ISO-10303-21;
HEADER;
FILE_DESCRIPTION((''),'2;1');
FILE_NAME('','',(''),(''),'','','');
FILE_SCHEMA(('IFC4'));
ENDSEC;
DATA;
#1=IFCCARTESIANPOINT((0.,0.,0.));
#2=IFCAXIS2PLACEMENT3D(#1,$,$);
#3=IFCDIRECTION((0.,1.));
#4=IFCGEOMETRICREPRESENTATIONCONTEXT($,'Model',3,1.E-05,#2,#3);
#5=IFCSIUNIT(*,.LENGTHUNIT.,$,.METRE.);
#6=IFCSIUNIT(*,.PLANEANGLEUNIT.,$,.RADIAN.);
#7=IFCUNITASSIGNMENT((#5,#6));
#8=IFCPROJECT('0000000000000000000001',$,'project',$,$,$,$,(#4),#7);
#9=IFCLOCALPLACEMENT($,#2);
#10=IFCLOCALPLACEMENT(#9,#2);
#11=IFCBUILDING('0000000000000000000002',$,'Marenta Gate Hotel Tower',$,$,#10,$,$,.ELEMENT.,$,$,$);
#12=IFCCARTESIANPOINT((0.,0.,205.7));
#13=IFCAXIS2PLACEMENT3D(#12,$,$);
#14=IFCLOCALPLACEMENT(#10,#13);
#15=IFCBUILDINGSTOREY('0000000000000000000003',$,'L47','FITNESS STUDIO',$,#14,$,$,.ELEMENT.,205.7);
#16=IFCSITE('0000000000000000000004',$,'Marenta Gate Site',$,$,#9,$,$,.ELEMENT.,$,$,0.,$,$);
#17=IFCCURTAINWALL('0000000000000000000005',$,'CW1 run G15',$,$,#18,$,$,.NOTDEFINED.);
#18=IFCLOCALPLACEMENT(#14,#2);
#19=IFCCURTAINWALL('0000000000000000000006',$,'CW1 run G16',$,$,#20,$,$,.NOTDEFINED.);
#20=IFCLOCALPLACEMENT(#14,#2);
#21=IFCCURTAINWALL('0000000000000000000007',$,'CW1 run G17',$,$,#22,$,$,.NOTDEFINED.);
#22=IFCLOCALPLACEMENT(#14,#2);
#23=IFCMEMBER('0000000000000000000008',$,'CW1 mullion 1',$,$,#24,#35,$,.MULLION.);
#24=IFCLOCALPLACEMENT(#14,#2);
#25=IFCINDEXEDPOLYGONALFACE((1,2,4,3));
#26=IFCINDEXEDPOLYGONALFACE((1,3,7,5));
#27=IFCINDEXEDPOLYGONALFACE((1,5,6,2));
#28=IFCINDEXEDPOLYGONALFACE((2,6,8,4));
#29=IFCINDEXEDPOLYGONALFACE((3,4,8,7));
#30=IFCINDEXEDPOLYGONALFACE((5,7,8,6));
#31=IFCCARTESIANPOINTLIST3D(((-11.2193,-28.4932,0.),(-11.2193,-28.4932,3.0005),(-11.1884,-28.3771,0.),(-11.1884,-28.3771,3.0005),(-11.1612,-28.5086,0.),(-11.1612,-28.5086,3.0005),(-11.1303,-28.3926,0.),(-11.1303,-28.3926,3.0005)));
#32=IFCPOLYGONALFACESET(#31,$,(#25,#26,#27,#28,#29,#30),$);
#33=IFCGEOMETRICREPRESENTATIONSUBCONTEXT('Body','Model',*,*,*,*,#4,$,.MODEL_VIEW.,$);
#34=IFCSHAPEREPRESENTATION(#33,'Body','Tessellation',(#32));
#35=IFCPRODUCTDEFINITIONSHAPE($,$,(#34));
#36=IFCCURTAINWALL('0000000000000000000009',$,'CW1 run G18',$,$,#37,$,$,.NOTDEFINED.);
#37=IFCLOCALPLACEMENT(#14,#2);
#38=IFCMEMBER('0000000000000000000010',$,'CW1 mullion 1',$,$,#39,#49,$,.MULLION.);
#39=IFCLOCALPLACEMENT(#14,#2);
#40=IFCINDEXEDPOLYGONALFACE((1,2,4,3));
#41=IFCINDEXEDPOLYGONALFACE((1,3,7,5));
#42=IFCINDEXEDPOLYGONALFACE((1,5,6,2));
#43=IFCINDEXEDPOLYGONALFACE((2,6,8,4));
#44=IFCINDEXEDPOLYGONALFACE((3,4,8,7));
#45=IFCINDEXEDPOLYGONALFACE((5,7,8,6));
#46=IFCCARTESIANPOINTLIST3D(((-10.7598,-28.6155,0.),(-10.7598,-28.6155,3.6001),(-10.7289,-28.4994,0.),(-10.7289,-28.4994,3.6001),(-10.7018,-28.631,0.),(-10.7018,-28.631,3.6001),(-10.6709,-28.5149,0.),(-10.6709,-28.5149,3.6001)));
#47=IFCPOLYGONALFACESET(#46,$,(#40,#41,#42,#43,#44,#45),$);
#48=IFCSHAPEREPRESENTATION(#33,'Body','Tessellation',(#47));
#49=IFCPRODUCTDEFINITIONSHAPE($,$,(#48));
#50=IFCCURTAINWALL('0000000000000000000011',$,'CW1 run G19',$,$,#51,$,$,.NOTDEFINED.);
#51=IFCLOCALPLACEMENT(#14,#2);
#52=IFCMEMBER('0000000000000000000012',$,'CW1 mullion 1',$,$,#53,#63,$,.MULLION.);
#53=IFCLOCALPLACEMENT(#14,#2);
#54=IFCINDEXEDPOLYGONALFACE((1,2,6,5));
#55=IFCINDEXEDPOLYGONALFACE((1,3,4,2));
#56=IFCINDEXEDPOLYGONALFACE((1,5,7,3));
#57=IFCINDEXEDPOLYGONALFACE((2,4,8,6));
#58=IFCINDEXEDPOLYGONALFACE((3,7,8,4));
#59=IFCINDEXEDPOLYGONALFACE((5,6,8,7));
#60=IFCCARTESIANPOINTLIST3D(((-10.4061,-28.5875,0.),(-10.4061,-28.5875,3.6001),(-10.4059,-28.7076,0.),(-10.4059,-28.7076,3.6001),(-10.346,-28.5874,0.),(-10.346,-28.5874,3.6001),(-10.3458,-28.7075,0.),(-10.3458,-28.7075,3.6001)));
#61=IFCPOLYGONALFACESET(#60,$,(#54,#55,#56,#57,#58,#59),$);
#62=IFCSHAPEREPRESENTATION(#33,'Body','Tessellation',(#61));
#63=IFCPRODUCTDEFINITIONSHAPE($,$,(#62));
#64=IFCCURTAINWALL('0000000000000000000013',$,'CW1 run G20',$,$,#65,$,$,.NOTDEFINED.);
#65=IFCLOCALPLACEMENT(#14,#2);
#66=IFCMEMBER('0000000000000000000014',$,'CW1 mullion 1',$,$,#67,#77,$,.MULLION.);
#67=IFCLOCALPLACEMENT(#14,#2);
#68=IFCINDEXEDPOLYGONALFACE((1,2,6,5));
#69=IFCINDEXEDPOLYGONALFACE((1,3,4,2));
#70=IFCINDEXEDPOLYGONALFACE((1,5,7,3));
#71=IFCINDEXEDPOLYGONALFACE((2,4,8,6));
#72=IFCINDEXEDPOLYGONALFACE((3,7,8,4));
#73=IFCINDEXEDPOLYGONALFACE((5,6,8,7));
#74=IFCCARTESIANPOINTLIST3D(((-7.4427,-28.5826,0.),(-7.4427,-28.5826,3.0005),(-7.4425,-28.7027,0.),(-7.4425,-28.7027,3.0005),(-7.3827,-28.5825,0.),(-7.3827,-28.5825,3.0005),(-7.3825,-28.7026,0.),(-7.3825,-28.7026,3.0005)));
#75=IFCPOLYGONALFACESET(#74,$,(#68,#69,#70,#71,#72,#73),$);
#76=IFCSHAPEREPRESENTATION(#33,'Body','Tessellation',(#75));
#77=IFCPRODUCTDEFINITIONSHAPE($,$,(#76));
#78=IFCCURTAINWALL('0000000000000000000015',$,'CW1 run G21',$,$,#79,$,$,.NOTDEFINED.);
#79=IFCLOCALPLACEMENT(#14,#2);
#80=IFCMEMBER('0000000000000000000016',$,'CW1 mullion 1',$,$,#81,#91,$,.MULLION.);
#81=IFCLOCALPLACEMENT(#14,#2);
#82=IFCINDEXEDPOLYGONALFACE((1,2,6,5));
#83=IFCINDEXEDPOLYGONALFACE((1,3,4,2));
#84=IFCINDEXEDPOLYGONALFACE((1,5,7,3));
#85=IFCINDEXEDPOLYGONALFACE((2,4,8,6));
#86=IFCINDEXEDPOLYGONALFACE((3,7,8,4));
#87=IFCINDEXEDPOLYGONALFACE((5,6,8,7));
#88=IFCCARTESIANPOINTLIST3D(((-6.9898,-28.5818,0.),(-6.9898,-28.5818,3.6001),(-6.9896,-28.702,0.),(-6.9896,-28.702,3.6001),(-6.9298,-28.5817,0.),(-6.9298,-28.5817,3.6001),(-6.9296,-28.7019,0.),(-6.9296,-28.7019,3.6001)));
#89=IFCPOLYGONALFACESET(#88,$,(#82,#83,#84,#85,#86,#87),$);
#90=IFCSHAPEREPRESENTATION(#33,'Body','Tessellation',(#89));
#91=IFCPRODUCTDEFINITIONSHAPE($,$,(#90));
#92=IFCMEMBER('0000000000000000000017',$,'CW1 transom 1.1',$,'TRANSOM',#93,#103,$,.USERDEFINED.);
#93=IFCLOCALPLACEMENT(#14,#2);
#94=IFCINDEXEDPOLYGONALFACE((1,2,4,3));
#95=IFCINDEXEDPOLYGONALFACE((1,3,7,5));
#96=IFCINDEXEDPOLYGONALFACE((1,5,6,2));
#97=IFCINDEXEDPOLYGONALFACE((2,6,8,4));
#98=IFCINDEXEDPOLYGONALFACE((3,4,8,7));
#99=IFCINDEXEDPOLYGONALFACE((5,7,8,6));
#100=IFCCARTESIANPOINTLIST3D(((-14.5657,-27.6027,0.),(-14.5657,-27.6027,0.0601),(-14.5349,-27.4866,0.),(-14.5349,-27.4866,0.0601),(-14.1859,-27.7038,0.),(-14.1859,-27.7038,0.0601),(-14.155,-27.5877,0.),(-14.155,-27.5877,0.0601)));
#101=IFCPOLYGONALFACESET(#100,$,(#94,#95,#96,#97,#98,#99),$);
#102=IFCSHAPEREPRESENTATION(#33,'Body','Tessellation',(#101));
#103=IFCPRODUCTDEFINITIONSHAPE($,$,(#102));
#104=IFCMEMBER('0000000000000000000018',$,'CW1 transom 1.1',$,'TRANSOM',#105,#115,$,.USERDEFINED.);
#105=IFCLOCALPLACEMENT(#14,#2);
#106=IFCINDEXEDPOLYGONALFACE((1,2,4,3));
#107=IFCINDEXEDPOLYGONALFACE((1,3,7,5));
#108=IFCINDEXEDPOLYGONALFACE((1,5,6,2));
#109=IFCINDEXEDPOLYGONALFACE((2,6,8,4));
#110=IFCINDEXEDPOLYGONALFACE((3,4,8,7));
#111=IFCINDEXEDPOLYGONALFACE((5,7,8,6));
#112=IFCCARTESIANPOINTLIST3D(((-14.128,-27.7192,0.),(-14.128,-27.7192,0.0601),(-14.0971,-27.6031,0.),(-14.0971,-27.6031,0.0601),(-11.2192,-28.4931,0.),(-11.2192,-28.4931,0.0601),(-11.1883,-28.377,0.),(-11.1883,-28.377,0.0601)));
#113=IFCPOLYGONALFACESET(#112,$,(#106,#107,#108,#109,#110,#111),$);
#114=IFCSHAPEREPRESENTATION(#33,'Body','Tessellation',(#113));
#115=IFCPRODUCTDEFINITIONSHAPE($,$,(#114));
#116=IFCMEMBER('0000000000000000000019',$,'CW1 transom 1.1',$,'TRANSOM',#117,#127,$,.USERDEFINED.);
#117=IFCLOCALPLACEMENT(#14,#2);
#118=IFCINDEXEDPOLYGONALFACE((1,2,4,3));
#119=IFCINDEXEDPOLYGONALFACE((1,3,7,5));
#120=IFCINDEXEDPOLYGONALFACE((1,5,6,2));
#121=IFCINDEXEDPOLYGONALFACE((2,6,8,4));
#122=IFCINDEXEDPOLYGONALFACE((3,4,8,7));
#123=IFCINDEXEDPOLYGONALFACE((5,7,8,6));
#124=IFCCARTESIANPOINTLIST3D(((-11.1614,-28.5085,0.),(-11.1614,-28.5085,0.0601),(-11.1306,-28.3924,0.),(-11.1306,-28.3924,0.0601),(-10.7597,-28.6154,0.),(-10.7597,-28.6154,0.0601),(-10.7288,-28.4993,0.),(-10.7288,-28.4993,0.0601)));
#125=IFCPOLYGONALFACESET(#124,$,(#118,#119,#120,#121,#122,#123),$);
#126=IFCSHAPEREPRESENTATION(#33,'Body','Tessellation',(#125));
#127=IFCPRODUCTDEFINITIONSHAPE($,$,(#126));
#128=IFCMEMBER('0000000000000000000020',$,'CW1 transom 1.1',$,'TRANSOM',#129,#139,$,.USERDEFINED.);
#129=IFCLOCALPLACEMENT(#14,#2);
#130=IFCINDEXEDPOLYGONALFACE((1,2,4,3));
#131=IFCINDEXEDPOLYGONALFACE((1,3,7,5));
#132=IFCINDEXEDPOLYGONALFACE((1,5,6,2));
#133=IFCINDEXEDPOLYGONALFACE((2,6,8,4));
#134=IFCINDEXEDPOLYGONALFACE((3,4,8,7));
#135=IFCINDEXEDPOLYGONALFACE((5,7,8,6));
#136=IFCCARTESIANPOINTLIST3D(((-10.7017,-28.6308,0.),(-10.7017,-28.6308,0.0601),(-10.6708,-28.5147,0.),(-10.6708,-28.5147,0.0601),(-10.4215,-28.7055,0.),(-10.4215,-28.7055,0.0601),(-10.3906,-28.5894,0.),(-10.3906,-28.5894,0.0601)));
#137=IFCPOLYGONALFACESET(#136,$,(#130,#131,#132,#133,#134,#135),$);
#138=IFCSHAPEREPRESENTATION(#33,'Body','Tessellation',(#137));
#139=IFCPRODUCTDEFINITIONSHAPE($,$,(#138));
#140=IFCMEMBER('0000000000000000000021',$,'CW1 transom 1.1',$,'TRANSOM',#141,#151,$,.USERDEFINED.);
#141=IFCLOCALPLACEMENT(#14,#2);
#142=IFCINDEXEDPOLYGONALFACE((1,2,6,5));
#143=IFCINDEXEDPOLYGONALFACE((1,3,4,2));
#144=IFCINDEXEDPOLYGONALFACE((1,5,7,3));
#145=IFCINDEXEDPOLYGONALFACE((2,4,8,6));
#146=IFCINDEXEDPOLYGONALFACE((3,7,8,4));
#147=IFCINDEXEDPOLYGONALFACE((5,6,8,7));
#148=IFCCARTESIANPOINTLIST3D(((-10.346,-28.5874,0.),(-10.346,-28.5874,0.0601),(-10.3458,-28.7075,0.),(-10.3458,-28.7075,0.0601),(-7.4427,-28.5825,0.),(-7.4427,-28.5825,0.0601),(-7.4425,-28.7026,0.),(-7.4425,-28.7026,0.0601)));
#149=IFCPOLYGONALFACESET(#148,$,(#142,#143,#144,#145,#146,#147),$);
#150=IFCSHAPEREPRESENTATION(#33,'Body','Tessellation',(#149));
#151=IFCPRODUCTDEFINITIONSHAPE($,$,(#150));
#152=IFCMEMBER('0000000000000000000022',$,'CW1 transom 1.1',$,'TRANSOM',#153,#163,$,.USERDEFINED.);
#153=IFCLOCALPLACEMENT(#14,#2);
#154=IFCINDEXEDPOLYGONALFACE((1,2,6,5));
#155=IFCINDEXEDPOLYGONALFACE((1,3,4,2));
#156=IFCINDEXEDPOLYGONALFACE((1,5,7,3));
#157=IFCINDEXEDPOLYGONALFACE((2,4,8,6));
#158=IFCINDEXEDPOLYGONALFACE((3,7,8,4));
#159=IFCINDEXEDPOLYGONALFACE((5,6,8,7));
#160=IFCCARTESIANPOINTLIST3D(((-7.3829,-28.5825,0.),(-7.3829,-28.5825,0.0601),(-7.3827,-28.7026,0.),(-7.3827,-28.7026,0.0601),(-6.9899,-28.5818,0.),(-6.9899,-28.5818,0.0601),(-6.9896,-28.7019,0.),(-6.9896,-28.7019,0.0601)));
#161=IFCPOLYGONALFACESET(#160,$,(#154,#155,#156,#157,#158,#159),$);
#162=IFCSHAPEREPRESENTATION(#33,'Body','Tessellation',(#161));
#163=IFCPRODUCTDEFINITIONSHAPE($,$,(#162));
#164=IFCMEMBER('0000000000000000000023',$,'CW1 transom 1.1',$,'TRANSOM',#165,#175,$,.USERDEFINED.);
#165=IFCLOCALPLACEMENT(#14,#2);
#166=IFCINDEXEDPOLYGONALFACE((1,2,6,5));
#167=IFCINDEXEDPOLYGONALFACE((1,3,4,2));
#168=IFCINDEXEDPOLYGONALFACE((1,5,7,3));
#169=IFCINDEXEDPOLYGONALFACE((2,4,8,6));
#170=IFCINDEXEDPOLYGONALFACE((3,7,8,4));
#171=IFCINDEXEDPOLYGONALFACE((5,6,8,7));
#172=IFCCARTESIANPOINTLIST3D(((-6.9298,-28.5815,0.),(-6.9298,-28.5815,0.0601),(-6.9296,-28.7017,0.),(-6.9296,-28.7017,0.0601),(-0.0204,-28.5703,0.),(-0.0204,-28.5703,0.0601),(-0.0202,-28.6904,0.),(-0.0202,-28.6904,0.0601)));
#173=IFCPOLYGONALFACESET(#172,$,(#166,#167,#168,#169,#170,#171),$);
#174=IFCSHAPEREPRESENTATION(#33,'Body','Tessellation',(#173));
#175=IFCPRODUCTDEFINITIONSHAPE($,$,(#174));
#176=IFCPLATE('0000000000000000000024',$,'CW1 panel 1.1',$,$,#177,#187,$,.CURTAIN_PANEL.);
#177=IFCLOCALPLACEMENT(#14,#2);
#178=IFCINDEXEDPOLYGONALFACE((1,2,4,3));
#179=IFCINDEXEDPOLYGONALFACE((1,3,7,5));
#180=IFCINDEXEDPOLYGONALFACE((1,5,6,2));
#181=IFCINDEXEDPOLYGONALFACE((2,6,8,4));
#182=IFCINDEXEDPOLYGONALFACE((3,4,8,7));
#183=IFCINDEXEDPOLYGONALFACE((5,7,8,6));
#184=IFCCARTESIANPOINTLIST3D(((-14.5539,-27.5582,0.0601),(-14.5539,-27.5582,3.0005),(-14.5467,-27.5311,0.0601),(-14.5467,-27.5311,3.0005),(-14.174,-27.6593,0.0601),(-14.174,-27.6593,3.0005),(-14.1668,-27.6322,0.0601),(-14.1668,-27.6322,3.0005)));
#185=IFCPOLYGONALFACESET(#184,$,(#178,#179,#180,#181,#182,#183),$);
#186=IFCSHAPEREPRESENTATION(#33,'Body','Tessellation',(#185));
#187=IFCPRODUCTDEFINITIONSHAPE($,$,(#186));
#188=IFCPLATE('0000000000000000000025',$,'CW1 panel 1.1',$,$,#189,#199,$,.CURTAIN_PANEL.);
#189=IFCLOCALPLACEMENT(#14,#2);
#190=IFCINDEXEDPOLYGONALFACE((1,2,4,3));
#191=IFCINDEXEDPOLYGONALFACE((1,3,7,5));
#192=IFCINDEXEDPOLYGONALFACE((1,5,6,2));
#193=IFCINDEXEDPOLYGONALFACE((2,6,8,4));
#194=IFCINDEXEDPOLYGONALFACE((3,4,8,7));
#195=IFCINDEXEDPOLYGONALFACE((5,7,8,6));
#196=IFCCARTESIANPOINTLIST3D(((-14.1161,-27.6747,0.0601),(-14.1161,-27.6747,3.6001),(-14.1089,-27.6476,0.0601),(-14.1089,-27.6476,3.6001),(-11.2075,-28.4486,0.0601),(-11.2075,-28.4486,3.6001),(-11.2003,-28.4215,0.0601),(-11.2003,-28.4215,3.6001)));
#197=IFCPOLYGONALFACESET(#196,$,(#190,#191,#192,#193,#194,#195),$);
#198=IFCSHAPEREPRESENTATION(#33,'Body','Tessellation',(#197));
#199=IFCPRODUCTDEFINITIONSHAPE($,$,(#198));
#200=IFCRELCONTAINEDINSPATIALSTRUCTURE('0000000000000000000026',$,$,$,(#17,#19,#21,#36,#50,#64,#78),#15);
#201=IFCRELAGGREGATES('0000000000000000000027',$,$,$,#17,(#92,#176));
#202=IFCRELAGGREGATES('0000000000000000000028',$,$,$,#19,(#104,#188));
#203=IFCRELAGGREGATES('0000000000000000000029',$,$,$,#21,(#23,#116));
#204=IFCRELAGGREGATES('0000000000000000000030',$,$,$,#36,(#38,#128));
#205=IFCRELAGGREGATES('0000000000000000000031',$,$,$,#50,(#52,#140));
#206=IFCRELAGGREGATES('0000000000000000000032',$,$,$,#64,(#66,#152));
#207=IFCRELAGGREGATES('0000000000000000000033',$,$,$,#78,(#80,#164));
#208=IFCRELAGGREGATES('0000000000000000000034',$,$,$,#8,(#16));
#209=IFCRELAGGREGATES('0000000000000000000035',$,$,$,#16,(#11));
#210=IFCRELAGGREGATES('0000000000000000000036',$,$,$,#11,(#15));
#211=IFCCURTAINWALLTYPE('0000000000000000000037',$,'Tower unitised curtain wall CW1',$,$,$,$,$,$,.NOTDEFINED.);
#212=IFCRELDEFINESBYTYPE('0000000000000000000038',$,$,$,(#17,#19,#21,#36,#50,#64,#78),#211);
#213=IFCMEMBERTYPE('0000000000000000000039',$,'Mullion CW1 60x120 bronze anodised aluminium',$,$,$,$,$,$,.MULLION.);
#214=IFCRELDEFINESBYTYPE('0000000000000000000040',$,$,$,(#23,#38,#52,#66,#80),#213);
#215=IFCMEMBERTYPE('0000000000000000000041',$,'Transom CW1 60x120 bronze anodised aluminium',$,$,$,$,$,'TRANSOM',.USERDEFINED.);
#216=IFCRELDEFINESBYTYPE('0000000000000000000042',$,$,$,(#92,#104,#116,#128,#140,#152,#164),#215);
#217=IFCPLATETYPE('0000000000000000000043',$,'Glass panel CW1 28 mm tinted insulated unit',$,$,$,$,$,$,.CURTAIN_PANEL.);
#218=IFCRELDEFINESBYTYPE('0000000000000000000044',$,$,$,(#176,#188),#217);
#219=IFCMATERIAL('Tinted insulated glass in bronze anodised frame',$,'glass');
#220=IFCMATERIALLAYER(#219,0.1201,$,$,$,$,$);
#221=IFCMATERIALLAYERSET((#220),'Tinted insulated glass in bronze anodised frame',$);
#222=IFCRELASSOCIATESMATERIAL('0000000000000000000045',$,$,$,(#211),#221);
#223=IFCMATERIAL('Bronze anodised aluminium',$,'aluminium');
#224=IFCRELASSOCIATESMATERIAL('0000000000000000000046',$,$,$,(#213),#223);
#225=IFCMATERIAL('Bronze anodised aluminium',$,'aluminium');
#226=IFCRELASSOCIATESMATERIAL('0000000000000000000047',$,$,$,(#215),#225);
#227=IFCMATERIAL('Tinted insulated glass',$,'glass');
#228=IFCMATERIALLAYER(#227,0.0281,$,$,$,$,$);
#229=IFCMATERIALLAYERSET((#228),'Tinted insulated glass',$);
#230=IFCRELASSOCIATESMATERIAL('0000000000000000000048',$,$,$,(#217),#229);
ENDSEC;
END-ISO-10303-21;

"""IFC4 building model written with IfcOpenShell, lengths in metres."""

from ifc_helpers import new_model, si_unit, direction, frame, origin, origin_2d, place, context, subcontext, project, spatial, rectangle, extrude, material, layer, layer_set, material_profile, profile_set, type_object, element, aggregate, save


model = new_model("IFC4")

# Units and contexts
model_context = context("Model", 3, precision=1e-05, world=origin(), true_north=direction((0.0, 1.0)))
body_context = subcontext(model_context, "Body", "Model", "MODEL_VIEW")
ifc_project = project(units=[si_unit("LENGTHUNIT", "METRE"), si_unit("PLANEANGLEUNIT", "RADIAN")], contexts=[model_context])

# Site, building, storey
site_placement = place(None, origin())
site = spatial("IfcSite", under=ifc_project, at=site_placement, Name="Marenta Gate Site", CompositionType="ELEMENT", RefElevation=0.0)
building_placement = place(site_placement, origin())
building = spatial("IfcBuilding", under=site, at=building_placement, Name="Marenta Gate Hotel Tower", CompositionType="ELEMENT")
storey_placement = place(building_placement, frame((0.0, 0.0, 205.7)))
storey = spatial("IfcBuildingStorey", under=building, at=storey_placement, Name="L47", Description="FITNESS STUDIO", CompositionType="ELEMENT", Elevation=205.7)

# Curtain walls, members
ifc_material_1 = material(Name="Tinted insulated glass in bronze anodised frame", Category="glass")
ifc_layer_1 = layer(ifc_material_1, 0.1201)
ifc_layer_set_1 = layer_set([ifc_layer_1], Name="Tinted insulated glass in bronze anodised frame")
curtain_wall_type = type_object("IfcCurtainWallType", Name="Tower unitised curtain wall CW1", PredefinedType="NOTDEFINED", material=ifc_layer_set_1)
curtain_wall_1_placement = place(storey_placement, origin())
curtain_wall_1 = element("IfcCurtainWall", 1, at=curtain_wall_1_placement, inside=storey, type_object=curtain_wall_type, Name="CW1 run G15", PredefinedType="NOTDEFINED")
ifc_material_2 = material(Name="Bronze anodised aluminium", Category="aluminium")
ifc_material_profile_1 = material_profile(ifc_material_2, rectangle(XDim=0.1201, YDim=0.0601, at=origin_2d()), Name="Mullion CW1 60x120 bronze anodised aluminium")
ifc_profile_set_1 = profile_set([ifc_material_profile_1], Name="Bronze anodised aluminium")
member_type_1 = type_object("IfcMemberType", Name="Mullion CW1 60x120 bronze anodised aluminium", PredefinedType="MULLION", material=ifc_profile_set_1)
curtain_wall_2_placement = place(storey_placement, origin())
curtain_wall_2 = element("IfcCurtainWall", 2, at=curtain_wall_2_placement, inside=storey, type_object=curtain_wall_type, Name="CW1 run G16", PredefinedType="NOTDEFINED")
curtain_wall_3_placement = place(storey_placement, origin())
curtain_wall_3 = element("IfcCurtainWall", 3, at=curtain_wall_3_placement, inside=storey, type_object=curtain_wall_type, Name="CW1 run G17", PredefinedType="NOTDEFINED")
member_1_placement = place(storey_placement, frame((-11.1748, -28.4429, 0.0), z_axis=(0.0, 0.0, 1.0), x_axis=(0.2571, 0.966385, 0.0)))
member_1 = element("IfcMember", 4, at=member_1_placement, type_object=member_type_1, Name="CW1 mullion 1", PredefinedType="MULLION", context=body_context, shape_type="SweptSolid", body=[
    extrude(rectangle(XDim=0.1201, YDim=0.0601, at=origin_2d()), origin(), (0.0, 0.0, 1.0), 3.0005),
])
curtain_wall_4_placement = place(storey_placement, origin())
curtain_wall_4 = element("IfcCurtainWall", 5, at=curtain_wall_4_placement, inside=storey, type_object=curtain_wall_type, Name="CW1 run G18", PredefinedType="NOTDEFINED")
member_2_placement = place(storey_placement, frame((-10.7153, -28.5652, 0.0), z_axis=(0.0, 0.0, 1.0), x_axis=(0.257431, 0.966297, 0.0)))
member_2 = element("IfcMember", 6, at=member_2_placement, type_object=member_type_1, Name="CW1 mullion 1", PredefinedType="MULLION", context=body_context, shape_type="SweptSolid", body=[
    extrude(rectangle(XDim=0.1201, YDim=0.0601, at=origin_2d()), origin(), (0.0, 0.0, 1.0), 3.6001),
])
curtain_wall_5_placement = place(storey_placement, origin())
curtain_wall_5 = element("IfcCurtainWall", 7, at=curtain_wall_5_placement, inside=storey, type_object=curtain_wall_type, Name="CW1 run G19", PredefinedType="NOTDEFINED")
member_3_placement = place(storey_placement, frame((-10.376, -28.6475, 0.0), z_axis=(0.0, 0.0, 1.0), x_axis=(-0.001654, 0.999999, 0.0)))
member_3 = element("IfcMember", 8, at=member_3_placement, type_object=member_type_1, Name="CW1 mullion 1", PredefinedType="MULLION", context=body_context, shape_type="SweptSolid", body=[
    extrude(rectangle(XDim=0.1201, YDim=0.0601, at=origin_2d()), origin(), (0.0, 0.0, 1.0), 3.6001),
])
curtain_wall_6_placement = place(storey_placement, origin())
curtain_wall_6 = element("IfcCurtainWall", 9, at=curtain_wall_6_placement, inside=storey, type_object=curtain_wall_type, Name="CW1 run G20", PredefinedType="NOTDEFINED")
member_4_placement = place(storey_placement, frame((-7.4126, -28.6426, 0.0), z_axis=(0.0, 0.0, 1.0), x_axis=(-0.001766, 0.999998, 0.0)))
member_4 = element("IfcMember", 10, at=member_4_placement, type_object=member_type_1, Name="CW1 mullion 1", PredefinedType="MULLION", context=body_context, shape_type="SweptSolid", body=[
    extrude(rectangle(XDim=0.1201, YDim=0.0601, at=origin_2d()), origin(), (0.0, 0.0, 1.0), 3.0005),
])
curtain_wall_7_placement = place(storey_placement, origin())
curtain_wall_7 = element("IfcCurtainWall", 11, at=curtain_wall_7_placement, inside=storey, type_object=curtain_wall_type, Name="CW1 run G21", PredefinedType="NOTDEFINED")
member_5_placement = place(storey_placement, frame((-6.9597, -28.6418, 0.0), z_axis=(0.0, 0.0, 1.0), x_axis=(-0.001636, 0.999999, 0.0)))
member_5 = element("IfcMember", 12, at=member_5_placement, type_object=member_type_1, Name="CW1 mullion 1", PredefinedType="MULLION", context=body_context, shape_type="SweptSolid", body=[
    extrude(rectangle(XDim=0.1201, YDim=0.0601, at=origin_2d()), origin(), (0.0, 0.0, 1.0), 3.6001),
])

# Members
ifc_material_3 = material(Name="Bronze anodised aluminium", Category="aluminium")
ifc_material_profile_2 = material_profile(ifc_material_3, rectangle(XDim=0.1201, YDim=0.0601, at=origin_2d()), Name="Transom CW1 60x120 bronze anodised aluminium")
ifc_profile_set_2 = profile_set([ifc_material_profile_2], Name="Bronze anodised aluminium")
member_type_2 = type_object("IfcMemberType", Name="Transom CW1 60x120 bronze anodised aluminium", ElementType="TRANSOM", PredefinedType="USERDEFINED", material=ifc_profile_set_2)
member_6_placement = place(storey_placement, frame((-14.5503, -27.5447, 0.03), z_axis=(0.966379, -0.257121, 0.0), x_axis=(0.257121, 0.966379, 0.0)))
member_6 = element("IfcMember", 13, at=member_6_placement, type_object=member_type_2, Name="CW1 transom 1.1", ObjectType="TRANSOM", PredefinedType="USERDEFINED", context=body_context, shape_type="SweptSolid", body=[
    extrude(rectangle(XDim=0.1201, YDim=0.0601, at=origin_2d()), origin(), (0.0, 0.0, 1.0), 0.3931),
])
member_7_placement = place(storey_placement, frame((-14.1125, -27.6611, 0.03), z_axis=(0.966377, -0.257127, 0.0), x_axis=(0.257127, 0.966377, 0.0)))
member_7 = element("IfcMember", 14, at=member_7_placement, type_object=member_type_2, Name="CW1 transom 1.1", ObjectType="TRANSOM", PredefinedType="USERDEFINED", context=body_context, shape_type="SweptSolid", body=[
    extrude(rectangle(XDim=0.1201, YDim=0.0601, at=origin_2d()), origin(), (0.0, 0.0, 1.0), 3.01),
])
member_8_placement = place(storey_placement, frame((-11.146, -28.4504, 0.03), z_axis=(0.966371, -0.257151, 0.0), x_axis=(0.257151, 0.966371, 0.0)))
member_8 = element("IfcMember", 15, at=member_8_placement, type_object=member_type_2, Name="CW1 transom 1.1", ObjectType="TRANSOM", PredefinedType="USERDEFINED", context=body_context, shape_type="SweptSolid", body=[
    extrude(rectangle(XDim=0.1201, YDim=0.0601, at=origin_2d()), origin(), (0.0, 0.0, 1.0), 0.4158),
])
member_9_placement = place(storey_placement, frame((-10.6863, -28.5728, 0.03), z_axis=(0.966263, -0.257558, 0.0), x_axis=(0.257558, 0.966263, 0.0)))
member_9 = element("IfcMember", 16, at=member_9_placement, type_object=member_type_2, Name="CW1 transom 1.1", ObjectType="TRANSOM", PredefinedType="USERDEFINED", context=body_context, shape_type="SweptSolid", body=[
    extrude(rectangle(XDim=0.1201, YDim=0.0601, at=origin_2d()), origin(), (0.0, 0.0, 1.0), 0.29),
])
member_10_placement = place(storey_placement, frame((-10.3459, -28.6475, 0.03), z_axis=(0.999999, 0.001682, 0.0), x_axis=(-0.001682, 0.999999, 0.0)))
member_10 = element("IfcMember", 17, at=member_10_placement, type_object=member_type_2, Name="CW1 transom 1.1", ObjectType="TRANSOM", PredefinedType="USERDEFINED", context=body_context, shape_type="SweptSolid", body=[
    extrude(rectangle(XDim=0.1201, YDim=0.0601, at=origin_2d()), origin(), (0.0, 0.0, 1.0), 2.9033),
])
member_11_placement = place(storey_placement, frame((-7.3828, -28.6426, 0.03), z_axis=(0.999998, 0.001863, 0.0), x_axis=(-0.001863, 0.999998, 0.0)))
member_11 = element("IfcMember", 18, at=member_11_placement, type_object=member_type_2, Name="CW1 transom 1.1", ObjectType="TRANSOM", PredefinedType="USERDEFINED", context=body_context, shape_type="SweptSolid", body=[
    extrude(rectangle(XDim=0.1201, YDim=0.0601, at=origin_2d()), origin(), (0.0, 0.0, 1.0), 0.3931),
])
member_12_placement = place(storey_placement, frame((-6.9297, -28.6416, 0.03), z_axis=(0.999999, 0.001625, 0.0), x_axis=(-0.001625, 0.999999, 0.0)))
member_12 = element("IfcMember", 19, at=member_12_placement, type_object=member_type_2, Name="CW1 transom 1.1", ObjectType="TRANSOM", PredefinedType="USERDEFINED", context=body_context, shape_type="SweptSolid", body=[
    extrude(rectangle(XDim=0.1201, YDim=0.0601, at=origin_2d()), origin(), (0.0, 0.0, 1.0), 6.9094),
])

# Plates
ifc_material_4 = material(Name="Tinted insulated glass", Category="glass")
ifc_layer_2 = layer(ifc_material_4, 0.0281)
ifc_layer_set_2 = layer_set([ifc_layer_2], Name="Tinted insulated glass")
plate_type = type_object("IfcPlateType", Name="Glass panel CW1 28 mm tinted insulated unit", PredefinedType="CURTAIN_PANEL", material=ifc_layer_set_2)
plate_1_placement = place(storey_placement, frame((-14.3604, -27.5952, 0.0601), z_axis=(0.0, 0.0, 1.0), x_axis=(0.96637, -0.257154, 0.0)))
plate_1 = element("IfcPlate", 20, at=plate_1_placement, type_object=plate_type, Name="CW1 panel 1.1", PredefinedType="CURTAIN_PANEL", context=body_context, shape_type="SweptSolid", body=[
    extrude(rectangle(XDim=0.3931, YDim=0.0281, at=origin_2d()), origin(), (0.0, 0.0, 1.0), 2.9404),
])
aggregate(curtain_wall_1, [member_6, plate_1])
plate_2_placement = place(storey_placement, frame((-12.6582, -28.0481, 0.0601), z_axis=(0.0, 0.0, 1.0), x_axis=(0.96638, -0.257117, 0.0)))
plate_2 = element("IfcPlate", 21, at=plate_2_placement, type_object=plate_type, Name="CW1 panel 1.1", PredefinedType="CURTAIN_PANEL", context=body_context, shape_type="SweptSolid", body=[
    extrude(rectangle(XDim=3.0098, YDim=0.0281, at=origin_2d()), origin(), (0.0, 0.0, 1.0), 3.54),
])
aggregate(curtain_wall_2, [member_7, plate_2])
aggregate(curtain_wall_3, [member_1, member_8])
aggregate(curtain_wall_4, [member_2, member_9])
aggregate(curtain_wall_5, [member_3, member_10])
aggregate(curtain_wall_6, [member_4, member_11])
aggregate(curtain_wall_7, [member_5, member_12])

save(model, "model.ifc")
